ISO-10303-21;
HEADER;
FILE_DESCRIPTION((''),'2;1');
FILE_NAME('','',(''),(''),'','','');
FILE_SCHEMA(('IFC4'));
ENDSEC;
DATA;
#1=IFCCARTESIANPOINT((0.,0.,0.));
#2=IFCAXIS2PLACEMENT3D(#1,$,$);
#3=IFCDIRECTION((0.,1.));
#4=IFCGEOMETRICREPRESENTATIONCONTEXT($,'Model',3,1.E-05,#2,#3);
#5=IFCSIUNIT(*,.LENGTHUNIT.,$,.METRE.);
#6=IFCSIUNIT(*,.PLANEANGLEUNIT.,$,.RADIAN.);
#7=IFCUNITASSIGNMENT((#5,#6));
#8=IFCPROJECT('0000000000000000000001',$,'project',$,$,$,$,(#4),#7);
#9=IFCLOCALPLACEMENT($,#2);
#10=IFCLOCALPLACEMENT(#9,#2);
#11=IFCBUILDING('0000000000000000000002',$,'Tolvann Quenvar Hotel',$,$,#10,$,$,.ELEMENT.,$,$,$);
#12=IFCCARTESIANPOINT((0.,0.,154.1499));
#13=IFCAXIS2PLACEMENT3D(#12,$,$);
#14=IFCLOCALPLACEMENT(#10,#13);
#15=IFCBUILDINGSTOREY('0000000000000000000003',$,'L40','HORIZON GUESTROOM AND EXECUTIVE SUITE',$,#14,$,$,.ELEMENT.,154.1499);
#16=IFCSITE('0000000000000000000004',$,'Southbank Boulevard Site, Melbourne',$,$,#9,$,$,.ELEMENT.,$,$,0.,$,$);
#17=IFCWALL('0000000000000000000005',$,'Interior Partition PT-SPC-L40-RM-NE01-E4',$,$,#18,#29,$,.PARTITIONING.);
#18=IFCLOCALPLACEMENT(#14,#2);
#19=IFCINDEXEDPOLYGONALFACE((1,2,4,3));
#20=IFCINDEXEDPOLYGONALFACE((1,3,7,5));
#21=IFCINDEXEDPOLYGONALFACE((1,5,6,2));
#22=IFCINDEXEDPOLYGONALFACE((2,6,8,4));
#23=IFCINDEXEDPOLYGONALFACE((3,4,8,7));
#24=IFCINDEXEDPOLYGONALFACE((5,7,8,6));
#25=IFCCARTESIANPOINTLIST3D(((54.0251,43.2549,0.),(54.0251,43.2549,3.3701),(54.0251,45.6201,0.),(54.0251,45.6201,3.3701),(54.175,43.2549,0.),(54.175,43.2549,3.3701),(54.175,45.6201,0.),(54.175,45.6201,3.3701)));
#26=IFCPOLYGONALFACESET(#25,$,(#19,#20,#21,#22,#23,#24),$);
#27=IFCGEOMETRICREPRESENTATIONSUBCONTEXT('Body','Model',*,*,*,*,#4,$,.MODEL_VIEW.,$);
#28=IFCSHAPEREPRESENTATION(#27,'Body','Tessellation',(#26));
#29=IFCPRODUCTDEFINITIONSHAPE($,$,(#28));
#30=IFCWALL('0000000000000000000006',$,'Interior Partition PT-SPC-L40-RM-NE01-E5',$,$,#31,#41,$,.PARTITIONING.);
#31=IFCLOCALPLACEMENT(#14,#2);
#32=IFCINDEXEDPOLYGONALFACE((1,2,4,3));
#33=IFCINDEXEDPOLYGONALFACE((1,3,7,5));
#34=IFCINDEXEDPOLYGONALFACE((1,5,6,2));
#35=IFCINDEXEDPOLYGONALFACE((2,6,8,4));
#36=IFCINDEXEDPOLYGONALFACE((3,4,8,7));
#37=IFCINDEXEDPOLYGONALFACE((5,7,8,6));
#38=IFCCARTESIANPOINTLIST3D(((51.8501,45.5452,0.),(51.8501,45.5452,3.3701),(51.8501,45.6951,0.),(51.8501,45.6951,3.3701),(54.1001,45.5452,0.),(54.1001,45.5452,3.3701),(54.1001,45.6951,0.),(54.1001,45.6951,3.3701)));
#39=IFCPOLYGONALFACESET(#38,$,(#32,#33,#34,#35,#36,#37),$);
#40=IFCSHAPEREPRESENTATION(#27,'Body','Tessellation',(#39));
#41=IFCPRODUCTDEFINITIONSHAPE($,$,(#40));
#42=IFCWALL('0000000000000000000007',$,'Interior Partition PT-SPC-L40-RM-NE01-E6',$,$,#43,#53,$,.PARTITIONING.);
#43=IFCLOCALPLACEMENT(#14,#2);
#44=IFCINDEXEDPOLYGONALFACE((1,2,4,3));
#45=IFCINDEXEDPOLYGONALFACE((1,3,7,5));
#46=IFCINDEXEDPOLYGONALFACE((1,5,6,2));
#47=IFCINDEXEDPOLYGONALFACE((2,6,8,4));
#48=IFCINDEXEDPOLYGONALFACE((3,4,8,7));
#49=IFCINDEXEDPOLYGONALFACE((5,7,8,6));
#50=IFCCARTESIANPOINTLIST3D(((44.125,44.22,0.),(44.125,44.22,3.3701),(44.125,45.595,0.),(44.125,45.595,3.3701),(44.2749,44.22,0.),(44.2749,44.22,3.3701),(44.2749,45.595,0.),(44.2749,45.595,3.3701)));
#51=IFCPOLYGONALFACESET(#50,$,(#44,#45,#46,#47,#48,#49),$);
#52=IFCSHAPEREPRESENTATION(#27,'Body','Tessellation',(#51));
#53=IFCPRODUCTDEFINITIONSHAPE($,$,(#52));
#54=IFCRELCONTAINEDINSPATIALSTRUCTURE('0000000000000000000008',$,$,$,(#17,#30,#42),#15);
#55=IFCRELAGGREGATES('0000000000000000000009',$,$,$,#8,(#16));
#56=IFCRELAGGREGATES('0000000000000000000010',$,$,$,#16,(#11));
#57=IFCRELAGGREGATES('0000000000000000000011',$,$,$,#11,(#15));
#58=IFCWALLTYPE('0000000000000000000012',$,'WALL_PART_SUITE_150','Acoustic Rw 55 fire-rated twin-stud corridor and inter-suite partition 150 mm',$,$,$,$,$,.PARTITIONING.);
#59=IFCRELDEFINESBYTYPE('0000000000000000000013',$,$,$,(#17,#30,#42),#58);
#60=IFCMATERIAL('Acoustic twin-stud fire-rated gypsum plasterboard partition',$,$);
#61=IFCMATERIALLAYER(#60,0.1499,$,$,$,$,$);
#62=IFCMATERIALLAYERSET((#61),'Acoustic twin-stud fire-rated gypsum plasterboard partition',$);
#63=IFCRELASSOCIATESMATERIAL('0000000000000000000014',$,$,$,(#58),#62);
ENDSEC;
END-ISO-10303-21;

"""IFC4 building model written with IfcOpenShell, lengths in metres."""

from ifc_helpers import new_model, si_unit, direction, frame, frame_2d, origin, place, context, subcontext, project, spatial, rectangle, extrude, material, layer, layer_set, type_object, element, save


model = new_model("IFC4")

# Units and contexts
model_context = context("Model", 3, precision=1e-05, world=origin(), true_north=direction((0.0, 1.0)))
body_context = subcontext(model_context, "Body", "Model", "MODEL_VIEW")
ifc_project = project(units=[si_unit("LENGTHUNIT", "METRE"), si_unit("PLANEANGLEUNIT", "RADIAN")], contexts=[model_context])

# Site, building, storey
site_placement = place(None, origin())
site = spatial("IfcSite", under=ifc_project, at=site_placement, Name="Southbank Boulevard Site, Melbourne", CompositionType="ELEMENT", RefElevation=0.0)
building_placement = place(site_placement, origin())
building = spatial("IfcBuilding", under=site, at=building_placement, Name="Tolvann Quenvar Hotel", CompositionType="ELEMENT")
storey_placement = place(building_placement, frame((0.0, 0.0, 154.1499)))
storey = spatial("IfcBuildingStorey", under=building, at=storey_placement, Name="L40", Description="HORIZON GUESTROOM AND EXECUTIVE SUITE", CompositionType="ELEMENT", Elevation=154.1499)

# Walls
ifc_material_1 = material(Name="Acoustic twin-stud fire-rated gypsum plasterboard partition")
ifc_layer_1 = layer(ifc_material_1, 0.1499)
ifc_layer_set_1 = layer_set([ifc_layer_1], Name="Acoustic twin-stud fire-rated gypsum plasterboard partition")
wall_type_1 = type_object("IfcWallType", Name="WALL_PART_SUITE_150", Description="Acoustic Rw 55 fire-rated twin-stud corridor and inter-suite partition 150 mm", PredefinedType="PARTITIONING", material=ifc_layer_set_1)
wall_1_placement = place(storey_placement, frame((54.1001, 43.2549, 0.0), z_axis=(0.0, 0.0, 1.0), x_axis=(0.0, 1.0, 0.0)))
element("IfcWall", 1, at=wall_1_placement, inside=storey, type_object=wall_type_1, Name="Interior Partition PT-SPC-L40-RM-NE01-E4", PredefinedType="PARTITIONING", context=body_context, shape_type="SweptSolid", body=[
    extrude(rectangle(XDim=2.3652, YDim=0.1499, at=frame_2d((1.1826, 0.0))), origin(), (0.0, 0.0, 1.0), 3.3701),
])
wall_2_placement = place(storey_placement, frame((51.8501, 45.6201, 0.0), z_axis=(0.0, 0.0, 1.0), x_axis=(1.0, 0.0, 0.0)))
element("IfcWall", 2, at=wall_2_placement, inside=storey, type_object=wall_type_1, Name="Interior Partition PT-SPC-L40-RM-NE01-E5", PredefinedType="PARTITIONING", context=body_context, shape_type="SweptSolid", body=[
    extrude(rectangle(XDim=2.25, YDim=0.1499, at=frame_2d((1.125, 0.0))), origin(), (0.0, 0.0, 1.0), 3.3701),
])
wall_3_placement = place(storey_placement, frame((44.2, 44.22, 0.0), z_axis=(0.0, 0.0, 1.0), x_axis=(0.0, 1.0, 0.0)))
element("IfcWall", 3, at=wall_3_placement, inside=storey, type_object=wall_type_1, Name="Interior Partition PT-SPC-L40-RM-NE01-E6", PredefinedType="PARTITIONING", context=body_context, shape_type="SweptSolid", body=[
    extrude(rectangle(XDim=1.375, YDim=0.1499, at=frame_2d((0.6875, 0.0))), origin(), (0.0, 0.0, 1.0), 3.3701),
])

save(model, "model.ifc")
